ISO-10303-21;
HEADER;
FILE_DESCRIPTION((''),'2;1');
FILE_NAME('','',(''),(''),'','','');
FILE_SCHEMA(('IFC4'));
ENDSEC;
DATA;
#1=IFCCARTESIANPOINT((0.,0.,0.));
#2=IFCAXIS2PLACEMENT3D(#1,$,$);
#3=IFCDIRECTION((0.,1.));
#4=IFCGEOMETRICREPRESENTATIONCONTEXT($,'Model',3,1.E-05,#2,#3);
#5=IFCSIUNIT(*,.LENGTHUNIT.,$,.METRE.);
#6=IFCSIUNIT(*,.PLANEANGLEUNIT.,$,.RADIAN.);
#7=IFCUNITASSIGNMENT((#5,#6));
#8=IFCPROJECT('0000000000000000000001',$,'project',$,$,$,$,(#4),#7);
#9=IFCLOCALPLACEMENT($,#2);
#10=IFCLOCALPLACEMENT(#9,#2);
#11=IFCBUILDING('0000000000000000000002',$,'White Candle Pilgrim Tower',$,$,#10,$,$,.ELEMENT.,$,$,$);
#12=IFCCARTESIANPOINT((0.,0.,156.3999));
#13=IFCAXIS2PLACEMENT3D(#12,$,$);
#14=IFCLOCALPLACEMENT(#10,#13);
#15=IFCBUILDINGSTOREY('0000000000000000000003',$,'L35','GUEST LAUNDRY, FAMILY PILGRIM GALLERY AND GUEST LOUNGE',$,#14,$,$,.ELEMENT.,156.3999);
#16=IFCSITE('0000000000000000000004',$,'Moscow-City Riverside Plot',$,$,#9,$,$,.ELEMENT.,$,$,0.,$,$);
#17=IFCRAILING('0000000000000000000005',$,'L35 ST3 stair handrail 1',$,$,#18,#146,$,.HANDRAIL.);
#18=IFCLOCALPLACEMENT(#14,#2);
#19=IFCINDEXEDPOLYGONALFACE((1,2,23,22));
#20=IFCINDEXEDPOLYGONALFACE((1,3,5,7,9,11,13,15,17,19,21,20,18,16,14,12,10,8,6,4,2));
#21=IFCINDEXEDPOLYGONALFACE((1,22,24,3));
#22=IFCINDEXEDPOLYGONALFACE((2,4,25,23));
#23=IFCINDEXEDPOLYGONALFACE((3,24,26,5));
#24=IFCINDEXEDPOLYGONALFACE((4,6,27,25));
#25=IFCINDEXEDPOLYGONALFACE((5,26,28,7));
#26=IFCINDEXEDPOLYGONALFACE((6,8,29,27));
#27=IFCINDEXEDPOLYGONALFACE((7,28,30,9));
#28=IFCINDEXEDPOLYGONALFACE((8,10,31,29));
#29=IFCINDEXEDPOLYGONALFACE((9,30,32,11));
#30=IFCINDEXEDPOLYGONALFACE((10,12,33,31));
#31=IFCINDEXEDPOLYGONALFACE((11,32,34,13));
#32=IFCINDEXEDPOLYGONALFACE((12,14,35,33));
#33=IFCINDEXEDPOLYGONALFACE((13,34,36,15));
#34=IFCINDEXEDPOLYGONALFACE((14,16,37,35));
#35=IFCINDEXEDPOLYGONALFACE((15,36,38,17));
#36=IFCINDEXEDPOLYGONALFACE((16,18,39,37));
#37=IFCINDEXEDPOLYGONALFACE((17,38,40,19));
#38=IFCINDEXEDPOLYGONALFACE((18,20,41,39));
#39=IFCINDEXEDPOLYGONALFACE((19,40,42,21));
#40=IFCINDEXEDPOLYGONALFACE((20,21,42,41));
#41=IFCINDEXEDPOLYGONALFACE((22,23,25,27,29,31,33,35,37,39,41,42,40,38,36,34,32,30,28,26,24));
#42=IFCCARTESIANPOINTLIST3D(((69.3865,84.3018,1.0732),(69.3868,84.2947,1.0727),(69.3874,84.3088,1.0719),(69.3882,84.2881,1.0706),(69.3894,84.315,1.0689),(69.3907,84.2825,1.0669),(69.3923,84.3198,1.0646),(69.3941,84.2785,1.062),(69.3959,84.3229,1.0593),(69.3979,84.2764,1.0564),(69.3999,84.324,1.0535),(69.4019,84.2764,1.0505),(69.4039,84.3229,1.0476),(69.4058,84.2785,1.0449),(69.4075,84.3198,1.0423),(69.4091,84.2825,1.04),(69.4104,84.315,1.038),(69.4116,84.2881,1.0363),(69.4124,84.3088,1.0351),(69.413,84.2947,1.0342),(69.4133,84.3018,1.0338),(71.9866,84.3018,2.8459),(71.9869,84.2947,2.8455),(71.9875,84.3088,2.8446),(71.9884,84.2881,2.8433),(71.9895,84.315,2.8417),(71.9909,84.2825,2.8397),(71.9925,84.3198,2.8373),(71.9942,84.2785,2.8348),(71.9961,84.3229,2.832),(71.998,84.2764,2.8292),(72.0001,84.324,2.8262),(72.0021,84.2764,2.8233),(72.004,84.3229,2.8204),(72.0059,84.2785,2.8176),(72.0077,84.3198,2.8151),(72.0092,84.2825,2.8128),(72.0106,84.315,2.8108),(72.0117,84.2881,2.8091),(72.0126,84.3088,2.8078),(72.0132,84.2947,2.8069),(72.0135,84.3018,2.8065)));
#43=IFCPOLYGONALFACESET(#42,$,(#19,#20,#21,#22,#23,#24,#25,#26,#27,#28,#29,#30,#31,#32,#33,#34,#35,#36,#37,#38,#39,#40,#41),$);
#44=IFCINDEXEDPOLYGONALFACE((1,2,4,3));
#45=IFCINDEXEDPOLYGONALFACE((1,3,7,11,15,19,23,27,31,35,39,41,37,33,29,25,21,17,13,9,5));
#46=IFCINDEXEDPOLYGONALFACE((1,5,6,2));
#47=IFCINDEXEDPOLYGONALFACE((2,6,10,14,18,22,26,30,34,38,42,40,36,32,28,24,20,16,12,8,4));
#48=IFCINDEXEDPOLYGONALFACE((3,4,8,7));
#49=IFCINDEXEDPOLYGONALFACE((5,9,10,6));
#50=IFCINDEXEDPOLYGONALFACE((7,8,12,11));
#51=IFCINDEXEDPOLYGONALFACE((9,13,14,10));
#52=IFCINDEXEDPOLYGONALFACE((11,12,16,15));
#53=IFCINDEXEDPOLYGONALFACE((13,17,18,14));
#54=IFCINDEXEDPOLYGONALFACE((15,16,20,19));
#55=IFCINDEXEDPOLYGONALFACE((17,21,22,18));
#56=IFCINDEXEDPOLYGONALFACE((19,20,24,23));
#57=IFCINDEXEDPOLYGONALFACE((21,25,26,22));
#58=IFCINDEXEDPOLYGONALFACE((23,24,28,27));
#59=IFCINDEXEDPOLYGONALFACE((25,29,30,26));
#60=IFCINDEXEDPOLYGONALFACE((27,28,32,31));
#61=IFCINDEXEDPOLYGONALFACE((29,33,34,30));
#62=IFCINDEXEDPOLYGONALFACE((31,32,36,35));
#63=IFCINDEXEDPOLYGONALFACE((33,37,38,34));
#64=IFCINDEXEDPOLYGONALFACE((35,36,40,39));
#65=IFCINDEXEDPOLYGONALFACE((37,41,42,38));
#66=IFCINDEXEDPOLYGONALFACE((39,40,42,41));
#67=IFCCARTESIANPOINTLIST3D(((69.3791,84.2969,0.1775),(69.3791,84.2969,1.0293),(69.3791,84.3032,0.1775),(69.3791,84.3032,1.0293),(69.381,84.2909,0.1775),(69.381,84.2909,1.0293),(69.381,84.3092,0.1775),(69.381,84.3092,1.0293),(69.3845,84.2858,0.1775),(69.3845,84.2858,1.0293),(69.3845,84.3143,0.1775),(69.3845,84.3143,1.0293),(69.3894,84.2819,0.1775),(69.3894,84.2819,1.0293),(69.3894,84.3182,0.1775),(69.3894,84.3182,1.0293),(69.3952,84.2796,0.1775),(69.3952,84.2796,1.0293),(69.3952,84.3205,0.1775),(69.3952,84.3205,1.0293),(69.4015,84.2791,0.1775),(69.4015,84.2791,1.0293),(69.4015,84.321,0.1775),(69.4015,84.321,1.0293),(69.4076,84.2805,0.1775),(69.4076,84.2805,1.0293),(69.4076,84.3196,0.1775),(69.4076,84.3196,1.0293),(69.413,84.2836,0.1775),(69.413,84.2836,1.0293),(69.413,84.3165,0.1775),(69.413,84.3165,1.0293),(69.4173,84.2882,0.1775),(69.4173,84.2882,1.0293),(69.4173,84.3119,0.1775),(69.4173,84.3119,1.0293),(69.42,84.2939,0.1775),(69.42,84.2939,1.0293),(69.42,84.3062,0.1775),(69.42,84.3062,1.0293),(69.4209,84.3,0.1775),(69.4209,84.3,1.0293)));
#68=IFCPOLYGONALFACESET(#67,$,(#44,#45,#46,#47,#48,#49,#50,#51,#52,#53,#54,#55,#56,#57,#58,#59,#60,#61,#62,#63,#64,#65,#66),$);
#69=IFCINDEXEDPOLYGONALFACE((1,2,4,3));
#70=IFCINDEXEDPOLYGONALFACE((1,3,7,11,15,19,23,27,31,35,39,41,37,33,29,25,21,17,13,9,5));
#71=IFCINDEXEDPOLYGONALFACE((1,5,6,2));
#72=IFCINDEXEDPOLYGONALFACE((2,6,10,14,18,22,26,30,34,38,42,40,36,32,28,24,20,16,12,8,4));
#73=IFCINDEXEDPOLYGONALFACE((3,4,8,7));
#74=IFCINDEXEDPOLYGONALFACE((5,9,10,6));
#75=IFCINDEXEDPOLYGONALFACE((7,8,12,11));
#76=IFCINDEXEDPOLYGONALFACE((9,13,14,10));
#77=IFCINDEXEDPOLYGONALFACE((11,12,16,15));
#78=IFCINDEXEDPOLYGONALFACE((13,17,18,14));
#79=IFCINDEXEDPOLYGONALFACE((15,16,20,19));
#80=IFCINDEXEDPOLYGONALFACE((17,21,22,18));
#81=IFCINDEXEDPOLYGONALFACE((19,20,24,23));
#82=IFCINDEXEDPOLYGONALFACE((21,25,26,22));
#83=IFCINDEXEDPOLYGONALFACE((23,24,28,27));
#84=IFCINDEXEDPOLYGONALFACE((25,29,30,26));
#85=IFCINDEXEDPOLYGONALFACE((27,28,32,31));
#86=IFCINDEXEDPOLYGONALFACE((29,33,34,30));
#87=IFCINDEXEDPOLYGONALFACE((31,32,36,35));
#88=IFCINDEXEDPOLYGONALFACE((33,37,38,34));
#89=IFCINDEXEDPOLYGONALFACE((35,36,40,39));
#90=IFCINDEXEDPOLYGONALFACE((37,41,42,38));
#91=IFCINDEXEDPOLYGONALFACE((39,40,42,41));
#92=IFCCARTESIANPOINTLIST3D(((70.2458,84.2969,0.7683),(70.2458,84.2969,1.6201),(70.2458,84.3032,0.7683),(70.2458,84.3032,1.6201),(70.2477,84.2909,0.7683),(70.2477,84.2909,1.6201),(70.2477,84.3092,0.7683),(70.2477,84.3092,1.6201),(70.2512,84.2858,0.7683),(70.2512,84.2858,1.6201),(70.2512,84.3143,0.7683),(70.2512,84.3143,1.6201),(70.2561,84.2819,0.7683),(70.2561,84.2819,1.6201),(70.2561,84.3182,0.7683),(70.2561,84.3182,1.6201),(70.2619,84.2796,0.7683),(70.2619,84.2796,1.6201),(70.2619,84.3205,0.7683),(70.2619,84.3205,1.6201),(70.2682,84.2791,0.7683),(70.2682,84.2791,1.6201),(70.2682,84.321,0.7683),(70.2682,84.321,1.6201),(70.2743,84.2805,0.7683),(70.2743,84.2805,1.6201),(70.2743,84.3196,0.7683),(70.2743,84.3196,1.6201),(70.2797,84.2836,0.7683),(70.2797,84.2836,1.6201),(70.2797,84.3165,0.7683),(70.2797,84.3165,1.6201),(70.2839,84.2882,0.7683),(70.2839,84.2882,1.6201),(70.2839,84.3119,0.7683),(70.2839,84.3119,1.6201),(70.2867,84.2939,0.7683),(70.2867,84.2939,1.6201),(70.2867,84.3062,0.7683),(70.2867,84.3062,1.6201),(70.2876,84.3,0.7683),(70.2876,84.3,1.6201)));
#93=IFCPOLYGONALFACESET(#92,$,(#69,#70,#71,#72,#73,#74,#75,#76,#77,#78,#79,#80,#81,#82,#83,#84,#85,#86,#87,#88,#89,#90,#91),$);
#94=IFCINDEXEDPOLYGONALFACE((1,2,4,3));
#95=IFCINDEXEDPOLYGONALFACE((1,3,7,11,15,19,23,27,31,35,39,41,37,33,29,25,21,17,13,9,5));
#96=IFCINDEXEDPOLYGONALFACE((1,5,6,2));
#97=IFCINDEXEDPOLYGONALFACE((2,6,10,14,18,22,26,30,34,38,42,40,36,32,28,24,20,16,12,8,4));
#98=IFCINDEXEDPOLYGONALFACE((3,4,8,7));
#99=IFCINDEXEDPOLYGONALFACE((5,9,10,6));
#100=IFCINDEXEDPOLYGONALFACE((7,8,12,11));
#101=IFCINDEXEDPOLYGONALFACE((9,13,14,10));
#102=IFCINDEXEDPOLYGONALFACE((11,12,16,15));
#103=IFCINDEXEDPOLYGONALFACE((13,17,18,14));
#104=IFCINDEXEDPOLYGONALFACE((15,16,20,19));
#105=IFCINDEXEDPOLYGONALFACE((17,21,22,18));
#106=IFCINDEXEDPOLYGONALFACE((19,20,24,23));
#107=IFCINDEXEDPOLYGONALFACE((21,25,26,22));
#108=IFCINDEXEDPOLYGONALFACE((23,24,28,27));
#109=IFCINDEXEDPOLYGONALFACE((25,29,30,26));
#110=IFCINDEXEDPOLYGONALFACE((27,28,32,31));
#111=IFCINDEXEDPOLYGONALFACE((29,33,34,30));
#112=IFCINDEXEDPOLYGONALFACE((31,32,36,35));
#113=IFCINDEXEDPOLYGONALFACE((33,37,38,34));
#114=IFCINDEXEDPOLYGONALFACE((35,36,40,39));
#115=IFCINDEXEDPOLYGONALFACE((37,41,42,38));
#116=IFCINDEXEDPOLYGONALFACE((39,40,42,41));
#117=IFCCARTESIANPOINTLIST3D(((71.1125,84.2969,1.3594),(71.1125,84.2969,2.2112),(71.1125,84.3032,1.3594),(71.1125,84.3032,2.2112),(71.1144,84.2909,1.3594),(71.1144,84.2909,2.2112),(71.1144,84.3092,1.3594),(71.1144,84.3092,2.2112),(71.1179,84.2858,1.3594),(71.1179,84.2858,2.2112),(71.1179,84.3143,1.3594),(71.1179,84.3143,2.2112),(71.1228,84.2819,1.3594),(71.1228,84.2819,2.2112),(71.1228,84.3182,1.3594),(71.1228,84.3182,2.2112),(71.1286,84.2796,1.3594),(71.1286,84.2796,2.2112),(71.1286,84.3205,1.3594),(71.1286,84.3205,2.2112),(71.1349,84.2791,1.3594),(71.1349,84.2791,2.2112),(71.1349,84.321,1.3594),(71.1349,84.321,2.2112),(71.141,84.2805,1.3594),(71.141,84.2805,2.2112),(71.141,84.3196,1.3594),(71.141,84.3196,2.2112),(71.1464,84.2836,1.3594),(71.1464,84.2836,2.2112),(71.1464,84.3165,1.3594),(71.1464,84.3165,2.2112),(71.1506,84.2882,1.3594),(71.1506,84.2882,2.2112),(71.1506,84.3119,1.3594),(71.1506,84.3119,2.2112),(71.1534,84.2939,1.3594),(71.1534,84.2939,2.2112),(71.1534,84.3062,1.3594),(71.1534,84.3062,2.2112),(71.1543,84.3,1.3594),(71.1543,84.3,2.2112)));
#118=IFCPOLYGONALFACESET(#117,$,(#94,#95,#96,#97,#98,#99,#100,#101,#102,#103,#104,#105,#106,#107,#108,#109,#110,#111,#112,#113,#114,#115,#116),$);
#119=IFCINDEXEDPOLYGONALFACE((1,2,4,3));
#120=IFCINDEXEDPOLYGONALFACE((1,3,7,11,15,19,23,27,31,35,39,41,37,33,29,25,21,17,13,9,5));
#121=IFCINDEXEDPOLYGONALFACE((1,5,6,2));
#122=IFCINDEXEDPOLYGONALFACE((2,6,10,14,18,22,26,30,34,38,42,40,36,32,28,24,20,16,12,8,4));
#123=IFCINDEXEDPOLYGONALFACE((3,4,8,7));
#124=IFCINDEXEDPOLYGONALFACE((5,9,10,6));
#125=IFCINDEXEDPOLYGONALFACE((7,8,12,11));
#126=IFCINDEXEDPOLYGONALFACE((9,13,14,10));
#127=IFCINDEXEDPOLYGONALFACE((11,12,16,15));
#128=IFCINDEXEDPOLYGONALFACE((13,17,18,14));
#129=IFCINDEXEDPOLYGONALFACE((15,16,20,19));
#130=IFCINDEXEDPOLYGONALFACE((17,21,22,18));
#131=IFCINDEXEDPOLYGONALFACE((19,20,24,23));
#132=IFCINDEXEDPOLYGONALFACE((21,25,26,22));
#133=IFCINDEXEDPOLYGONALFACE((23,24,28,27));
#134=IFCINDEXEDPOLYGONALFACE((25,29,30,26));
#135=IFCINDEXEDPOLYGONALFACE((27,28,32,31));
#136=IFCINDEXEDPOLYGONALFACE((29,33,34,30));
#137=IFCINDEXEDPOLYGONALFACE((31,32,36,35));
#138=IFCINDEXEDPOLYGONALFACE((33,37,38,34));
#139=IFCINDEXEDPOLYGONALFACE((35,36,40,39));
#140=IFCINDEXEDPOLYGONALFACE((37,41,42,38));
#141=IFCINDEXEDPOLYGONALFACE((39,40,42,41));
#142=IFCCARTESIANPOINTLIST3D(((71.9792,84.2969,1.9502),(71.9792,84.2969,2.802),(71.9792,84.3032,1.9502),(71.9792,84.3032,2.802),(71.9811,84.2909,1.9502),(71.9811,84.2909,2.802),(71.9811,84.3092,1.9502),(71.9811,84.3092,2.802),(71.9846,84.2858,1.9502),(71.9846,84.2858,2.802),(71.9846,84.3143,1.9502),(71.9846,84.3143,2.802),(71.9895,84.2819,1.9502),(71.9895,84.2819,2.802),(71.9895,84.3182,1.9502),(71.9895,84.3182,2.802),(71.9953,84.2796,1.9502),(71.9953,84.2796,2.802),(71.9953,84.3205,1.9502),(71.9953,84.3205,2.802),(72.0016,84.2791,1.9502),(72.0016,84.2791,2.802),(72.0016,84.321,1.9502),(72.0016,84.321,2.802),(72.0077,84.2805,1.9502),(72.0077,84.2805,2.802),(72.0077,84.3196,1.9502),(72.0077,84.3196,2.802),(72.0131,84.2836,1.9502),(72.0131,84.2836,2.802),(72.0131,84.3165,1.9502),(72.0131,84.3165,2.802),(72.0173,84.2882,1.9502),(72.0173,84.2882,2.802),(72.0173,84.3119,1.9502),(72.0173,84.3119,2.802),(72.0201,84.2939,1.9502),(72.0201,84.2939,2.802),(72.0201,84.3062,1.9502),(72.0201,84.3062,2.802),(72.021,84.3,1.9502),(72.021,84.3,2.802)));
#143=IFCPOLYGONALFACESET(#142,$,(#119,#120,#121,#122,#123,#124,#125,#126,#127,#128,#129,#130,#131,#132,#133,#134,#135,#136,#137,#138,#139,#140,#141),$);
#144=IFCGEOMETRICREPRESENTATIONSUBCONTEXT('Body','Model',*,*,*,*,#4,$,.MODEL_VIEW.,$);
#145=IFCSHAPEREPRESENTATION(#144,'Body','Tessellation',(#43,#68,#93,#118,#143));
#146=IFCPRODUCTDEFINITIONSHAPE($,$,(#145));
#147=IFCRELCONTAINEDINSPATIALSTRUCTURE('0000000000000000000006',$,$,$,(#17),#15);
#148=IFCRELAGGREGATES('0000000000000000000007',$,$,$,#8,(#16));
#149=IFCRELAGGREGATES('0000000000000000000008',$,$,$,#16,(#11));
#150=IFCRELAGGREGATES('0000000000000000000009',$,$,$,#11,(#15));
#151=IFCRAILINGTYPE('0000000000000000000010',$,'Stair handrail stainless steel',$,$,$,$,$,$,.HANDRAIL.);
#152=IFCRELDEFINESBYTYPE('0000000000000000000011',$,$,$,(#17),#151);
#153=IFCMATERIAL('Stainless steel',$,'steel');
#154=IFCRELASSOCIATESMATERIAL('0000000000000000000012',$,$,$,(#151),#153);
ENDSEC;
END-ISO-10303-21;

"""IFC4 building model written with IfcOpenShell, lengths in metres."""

from ifc_helpers import new_model, si_unit, direction, frame, origin, origin_2d, place, context, subcontext, project, spatial, circle, extrude, material, type_object, element, save


model = new_model("IFC4")

# Units and contexts
model_context = context("Model", 3, precision=1e-05, world=origin(), true_north=direction((0.0, 1.0)))
body_context = subcontext(model_context, "Body", "Model", "MODEL_VIEW")
ifc_project = project(units=[si_unit("LENGTHUNIT", "METRE"), si_unit("PLANEANGLEUNIT", "RADIAN")], contexts=[model_context])

# Site, building, storey
site_placement = place(None, origin())
site = spatial("IfcSite", under=ifc_project, at=site_placement, Name="Moscow-City Riverside Plot", CompositionType="ELEMENT", RefElevation=0.0)
building_placement = place(site_placement, origin())
building = spatial("IfcBuilding", under=site, at=building_placement, Name="White Candle Pilgrim Tower", CompositionType="ELEMENT")
storey_placement = place(building_placement, frame((0.0, 0.0, 156.3999)))
storey = spatial("IfcBuildingStorey", under=building, at=storey_placement, Name="L35", Description="GUEST LAUNDRY, FAMILY PILGRIM GALLERY AND GUEST LOUNGE", CompositionType="ELEMENT", Elevation=156.3999)

# Shared definitions
ifc_material_1 = material(Name="Stainless steel", Category="steel")

# Railing
railing_type_1 = type_object("IfcRailingType", Name="Stair handrail stainless steel", PredefinedType="HANDRAIL", material=ifc_material_1)
railing_1_placement = place(storey_placement, frame((69.3999, 84.3, 0.1775)))
element("IfcRailing", 1, at=railing_1_placement, inside=storey, type_object=railing_type_1, Name="L35 ST3 stair handrail 1", PredefinedType="HANDRAIL", context=body_context, shape_type="SweptSolid", body=[
    extrude(circle(Radius=0.0239, at=origin_2d()), frame((0.0, 0.0, 0.876), z_axis=(0.82624, 0.0, 0.563318), x_axis=(0.0, 1.0, 0.0)), (0.0, 0.0, 1.0), 3.147),
    extrude(circle(Radius=0.021, at=origin_2d()), origin(), (0.0, 0.0, 1.0), 0.8518),
    extrude(circle(Radius=0.021, at=origin_2d()), frame((0.8667, 0.0, 0.5908)), (0.0, 0.0, 1.0), 0.8518),
    extrude(circle(Radius=0.021, at=origin_2d()), frame((1.7334, 0.0, 1.1819)), (0.0, 0.0, 1.0), 0.8518),
    extrude(circle(Radius=0.021, at=origin_2d()), frame((2.6001, 0.0, 1.7727)), (0.0, 0.0, 1.0), 0.8518),
])

save(model, "model.ifc")
